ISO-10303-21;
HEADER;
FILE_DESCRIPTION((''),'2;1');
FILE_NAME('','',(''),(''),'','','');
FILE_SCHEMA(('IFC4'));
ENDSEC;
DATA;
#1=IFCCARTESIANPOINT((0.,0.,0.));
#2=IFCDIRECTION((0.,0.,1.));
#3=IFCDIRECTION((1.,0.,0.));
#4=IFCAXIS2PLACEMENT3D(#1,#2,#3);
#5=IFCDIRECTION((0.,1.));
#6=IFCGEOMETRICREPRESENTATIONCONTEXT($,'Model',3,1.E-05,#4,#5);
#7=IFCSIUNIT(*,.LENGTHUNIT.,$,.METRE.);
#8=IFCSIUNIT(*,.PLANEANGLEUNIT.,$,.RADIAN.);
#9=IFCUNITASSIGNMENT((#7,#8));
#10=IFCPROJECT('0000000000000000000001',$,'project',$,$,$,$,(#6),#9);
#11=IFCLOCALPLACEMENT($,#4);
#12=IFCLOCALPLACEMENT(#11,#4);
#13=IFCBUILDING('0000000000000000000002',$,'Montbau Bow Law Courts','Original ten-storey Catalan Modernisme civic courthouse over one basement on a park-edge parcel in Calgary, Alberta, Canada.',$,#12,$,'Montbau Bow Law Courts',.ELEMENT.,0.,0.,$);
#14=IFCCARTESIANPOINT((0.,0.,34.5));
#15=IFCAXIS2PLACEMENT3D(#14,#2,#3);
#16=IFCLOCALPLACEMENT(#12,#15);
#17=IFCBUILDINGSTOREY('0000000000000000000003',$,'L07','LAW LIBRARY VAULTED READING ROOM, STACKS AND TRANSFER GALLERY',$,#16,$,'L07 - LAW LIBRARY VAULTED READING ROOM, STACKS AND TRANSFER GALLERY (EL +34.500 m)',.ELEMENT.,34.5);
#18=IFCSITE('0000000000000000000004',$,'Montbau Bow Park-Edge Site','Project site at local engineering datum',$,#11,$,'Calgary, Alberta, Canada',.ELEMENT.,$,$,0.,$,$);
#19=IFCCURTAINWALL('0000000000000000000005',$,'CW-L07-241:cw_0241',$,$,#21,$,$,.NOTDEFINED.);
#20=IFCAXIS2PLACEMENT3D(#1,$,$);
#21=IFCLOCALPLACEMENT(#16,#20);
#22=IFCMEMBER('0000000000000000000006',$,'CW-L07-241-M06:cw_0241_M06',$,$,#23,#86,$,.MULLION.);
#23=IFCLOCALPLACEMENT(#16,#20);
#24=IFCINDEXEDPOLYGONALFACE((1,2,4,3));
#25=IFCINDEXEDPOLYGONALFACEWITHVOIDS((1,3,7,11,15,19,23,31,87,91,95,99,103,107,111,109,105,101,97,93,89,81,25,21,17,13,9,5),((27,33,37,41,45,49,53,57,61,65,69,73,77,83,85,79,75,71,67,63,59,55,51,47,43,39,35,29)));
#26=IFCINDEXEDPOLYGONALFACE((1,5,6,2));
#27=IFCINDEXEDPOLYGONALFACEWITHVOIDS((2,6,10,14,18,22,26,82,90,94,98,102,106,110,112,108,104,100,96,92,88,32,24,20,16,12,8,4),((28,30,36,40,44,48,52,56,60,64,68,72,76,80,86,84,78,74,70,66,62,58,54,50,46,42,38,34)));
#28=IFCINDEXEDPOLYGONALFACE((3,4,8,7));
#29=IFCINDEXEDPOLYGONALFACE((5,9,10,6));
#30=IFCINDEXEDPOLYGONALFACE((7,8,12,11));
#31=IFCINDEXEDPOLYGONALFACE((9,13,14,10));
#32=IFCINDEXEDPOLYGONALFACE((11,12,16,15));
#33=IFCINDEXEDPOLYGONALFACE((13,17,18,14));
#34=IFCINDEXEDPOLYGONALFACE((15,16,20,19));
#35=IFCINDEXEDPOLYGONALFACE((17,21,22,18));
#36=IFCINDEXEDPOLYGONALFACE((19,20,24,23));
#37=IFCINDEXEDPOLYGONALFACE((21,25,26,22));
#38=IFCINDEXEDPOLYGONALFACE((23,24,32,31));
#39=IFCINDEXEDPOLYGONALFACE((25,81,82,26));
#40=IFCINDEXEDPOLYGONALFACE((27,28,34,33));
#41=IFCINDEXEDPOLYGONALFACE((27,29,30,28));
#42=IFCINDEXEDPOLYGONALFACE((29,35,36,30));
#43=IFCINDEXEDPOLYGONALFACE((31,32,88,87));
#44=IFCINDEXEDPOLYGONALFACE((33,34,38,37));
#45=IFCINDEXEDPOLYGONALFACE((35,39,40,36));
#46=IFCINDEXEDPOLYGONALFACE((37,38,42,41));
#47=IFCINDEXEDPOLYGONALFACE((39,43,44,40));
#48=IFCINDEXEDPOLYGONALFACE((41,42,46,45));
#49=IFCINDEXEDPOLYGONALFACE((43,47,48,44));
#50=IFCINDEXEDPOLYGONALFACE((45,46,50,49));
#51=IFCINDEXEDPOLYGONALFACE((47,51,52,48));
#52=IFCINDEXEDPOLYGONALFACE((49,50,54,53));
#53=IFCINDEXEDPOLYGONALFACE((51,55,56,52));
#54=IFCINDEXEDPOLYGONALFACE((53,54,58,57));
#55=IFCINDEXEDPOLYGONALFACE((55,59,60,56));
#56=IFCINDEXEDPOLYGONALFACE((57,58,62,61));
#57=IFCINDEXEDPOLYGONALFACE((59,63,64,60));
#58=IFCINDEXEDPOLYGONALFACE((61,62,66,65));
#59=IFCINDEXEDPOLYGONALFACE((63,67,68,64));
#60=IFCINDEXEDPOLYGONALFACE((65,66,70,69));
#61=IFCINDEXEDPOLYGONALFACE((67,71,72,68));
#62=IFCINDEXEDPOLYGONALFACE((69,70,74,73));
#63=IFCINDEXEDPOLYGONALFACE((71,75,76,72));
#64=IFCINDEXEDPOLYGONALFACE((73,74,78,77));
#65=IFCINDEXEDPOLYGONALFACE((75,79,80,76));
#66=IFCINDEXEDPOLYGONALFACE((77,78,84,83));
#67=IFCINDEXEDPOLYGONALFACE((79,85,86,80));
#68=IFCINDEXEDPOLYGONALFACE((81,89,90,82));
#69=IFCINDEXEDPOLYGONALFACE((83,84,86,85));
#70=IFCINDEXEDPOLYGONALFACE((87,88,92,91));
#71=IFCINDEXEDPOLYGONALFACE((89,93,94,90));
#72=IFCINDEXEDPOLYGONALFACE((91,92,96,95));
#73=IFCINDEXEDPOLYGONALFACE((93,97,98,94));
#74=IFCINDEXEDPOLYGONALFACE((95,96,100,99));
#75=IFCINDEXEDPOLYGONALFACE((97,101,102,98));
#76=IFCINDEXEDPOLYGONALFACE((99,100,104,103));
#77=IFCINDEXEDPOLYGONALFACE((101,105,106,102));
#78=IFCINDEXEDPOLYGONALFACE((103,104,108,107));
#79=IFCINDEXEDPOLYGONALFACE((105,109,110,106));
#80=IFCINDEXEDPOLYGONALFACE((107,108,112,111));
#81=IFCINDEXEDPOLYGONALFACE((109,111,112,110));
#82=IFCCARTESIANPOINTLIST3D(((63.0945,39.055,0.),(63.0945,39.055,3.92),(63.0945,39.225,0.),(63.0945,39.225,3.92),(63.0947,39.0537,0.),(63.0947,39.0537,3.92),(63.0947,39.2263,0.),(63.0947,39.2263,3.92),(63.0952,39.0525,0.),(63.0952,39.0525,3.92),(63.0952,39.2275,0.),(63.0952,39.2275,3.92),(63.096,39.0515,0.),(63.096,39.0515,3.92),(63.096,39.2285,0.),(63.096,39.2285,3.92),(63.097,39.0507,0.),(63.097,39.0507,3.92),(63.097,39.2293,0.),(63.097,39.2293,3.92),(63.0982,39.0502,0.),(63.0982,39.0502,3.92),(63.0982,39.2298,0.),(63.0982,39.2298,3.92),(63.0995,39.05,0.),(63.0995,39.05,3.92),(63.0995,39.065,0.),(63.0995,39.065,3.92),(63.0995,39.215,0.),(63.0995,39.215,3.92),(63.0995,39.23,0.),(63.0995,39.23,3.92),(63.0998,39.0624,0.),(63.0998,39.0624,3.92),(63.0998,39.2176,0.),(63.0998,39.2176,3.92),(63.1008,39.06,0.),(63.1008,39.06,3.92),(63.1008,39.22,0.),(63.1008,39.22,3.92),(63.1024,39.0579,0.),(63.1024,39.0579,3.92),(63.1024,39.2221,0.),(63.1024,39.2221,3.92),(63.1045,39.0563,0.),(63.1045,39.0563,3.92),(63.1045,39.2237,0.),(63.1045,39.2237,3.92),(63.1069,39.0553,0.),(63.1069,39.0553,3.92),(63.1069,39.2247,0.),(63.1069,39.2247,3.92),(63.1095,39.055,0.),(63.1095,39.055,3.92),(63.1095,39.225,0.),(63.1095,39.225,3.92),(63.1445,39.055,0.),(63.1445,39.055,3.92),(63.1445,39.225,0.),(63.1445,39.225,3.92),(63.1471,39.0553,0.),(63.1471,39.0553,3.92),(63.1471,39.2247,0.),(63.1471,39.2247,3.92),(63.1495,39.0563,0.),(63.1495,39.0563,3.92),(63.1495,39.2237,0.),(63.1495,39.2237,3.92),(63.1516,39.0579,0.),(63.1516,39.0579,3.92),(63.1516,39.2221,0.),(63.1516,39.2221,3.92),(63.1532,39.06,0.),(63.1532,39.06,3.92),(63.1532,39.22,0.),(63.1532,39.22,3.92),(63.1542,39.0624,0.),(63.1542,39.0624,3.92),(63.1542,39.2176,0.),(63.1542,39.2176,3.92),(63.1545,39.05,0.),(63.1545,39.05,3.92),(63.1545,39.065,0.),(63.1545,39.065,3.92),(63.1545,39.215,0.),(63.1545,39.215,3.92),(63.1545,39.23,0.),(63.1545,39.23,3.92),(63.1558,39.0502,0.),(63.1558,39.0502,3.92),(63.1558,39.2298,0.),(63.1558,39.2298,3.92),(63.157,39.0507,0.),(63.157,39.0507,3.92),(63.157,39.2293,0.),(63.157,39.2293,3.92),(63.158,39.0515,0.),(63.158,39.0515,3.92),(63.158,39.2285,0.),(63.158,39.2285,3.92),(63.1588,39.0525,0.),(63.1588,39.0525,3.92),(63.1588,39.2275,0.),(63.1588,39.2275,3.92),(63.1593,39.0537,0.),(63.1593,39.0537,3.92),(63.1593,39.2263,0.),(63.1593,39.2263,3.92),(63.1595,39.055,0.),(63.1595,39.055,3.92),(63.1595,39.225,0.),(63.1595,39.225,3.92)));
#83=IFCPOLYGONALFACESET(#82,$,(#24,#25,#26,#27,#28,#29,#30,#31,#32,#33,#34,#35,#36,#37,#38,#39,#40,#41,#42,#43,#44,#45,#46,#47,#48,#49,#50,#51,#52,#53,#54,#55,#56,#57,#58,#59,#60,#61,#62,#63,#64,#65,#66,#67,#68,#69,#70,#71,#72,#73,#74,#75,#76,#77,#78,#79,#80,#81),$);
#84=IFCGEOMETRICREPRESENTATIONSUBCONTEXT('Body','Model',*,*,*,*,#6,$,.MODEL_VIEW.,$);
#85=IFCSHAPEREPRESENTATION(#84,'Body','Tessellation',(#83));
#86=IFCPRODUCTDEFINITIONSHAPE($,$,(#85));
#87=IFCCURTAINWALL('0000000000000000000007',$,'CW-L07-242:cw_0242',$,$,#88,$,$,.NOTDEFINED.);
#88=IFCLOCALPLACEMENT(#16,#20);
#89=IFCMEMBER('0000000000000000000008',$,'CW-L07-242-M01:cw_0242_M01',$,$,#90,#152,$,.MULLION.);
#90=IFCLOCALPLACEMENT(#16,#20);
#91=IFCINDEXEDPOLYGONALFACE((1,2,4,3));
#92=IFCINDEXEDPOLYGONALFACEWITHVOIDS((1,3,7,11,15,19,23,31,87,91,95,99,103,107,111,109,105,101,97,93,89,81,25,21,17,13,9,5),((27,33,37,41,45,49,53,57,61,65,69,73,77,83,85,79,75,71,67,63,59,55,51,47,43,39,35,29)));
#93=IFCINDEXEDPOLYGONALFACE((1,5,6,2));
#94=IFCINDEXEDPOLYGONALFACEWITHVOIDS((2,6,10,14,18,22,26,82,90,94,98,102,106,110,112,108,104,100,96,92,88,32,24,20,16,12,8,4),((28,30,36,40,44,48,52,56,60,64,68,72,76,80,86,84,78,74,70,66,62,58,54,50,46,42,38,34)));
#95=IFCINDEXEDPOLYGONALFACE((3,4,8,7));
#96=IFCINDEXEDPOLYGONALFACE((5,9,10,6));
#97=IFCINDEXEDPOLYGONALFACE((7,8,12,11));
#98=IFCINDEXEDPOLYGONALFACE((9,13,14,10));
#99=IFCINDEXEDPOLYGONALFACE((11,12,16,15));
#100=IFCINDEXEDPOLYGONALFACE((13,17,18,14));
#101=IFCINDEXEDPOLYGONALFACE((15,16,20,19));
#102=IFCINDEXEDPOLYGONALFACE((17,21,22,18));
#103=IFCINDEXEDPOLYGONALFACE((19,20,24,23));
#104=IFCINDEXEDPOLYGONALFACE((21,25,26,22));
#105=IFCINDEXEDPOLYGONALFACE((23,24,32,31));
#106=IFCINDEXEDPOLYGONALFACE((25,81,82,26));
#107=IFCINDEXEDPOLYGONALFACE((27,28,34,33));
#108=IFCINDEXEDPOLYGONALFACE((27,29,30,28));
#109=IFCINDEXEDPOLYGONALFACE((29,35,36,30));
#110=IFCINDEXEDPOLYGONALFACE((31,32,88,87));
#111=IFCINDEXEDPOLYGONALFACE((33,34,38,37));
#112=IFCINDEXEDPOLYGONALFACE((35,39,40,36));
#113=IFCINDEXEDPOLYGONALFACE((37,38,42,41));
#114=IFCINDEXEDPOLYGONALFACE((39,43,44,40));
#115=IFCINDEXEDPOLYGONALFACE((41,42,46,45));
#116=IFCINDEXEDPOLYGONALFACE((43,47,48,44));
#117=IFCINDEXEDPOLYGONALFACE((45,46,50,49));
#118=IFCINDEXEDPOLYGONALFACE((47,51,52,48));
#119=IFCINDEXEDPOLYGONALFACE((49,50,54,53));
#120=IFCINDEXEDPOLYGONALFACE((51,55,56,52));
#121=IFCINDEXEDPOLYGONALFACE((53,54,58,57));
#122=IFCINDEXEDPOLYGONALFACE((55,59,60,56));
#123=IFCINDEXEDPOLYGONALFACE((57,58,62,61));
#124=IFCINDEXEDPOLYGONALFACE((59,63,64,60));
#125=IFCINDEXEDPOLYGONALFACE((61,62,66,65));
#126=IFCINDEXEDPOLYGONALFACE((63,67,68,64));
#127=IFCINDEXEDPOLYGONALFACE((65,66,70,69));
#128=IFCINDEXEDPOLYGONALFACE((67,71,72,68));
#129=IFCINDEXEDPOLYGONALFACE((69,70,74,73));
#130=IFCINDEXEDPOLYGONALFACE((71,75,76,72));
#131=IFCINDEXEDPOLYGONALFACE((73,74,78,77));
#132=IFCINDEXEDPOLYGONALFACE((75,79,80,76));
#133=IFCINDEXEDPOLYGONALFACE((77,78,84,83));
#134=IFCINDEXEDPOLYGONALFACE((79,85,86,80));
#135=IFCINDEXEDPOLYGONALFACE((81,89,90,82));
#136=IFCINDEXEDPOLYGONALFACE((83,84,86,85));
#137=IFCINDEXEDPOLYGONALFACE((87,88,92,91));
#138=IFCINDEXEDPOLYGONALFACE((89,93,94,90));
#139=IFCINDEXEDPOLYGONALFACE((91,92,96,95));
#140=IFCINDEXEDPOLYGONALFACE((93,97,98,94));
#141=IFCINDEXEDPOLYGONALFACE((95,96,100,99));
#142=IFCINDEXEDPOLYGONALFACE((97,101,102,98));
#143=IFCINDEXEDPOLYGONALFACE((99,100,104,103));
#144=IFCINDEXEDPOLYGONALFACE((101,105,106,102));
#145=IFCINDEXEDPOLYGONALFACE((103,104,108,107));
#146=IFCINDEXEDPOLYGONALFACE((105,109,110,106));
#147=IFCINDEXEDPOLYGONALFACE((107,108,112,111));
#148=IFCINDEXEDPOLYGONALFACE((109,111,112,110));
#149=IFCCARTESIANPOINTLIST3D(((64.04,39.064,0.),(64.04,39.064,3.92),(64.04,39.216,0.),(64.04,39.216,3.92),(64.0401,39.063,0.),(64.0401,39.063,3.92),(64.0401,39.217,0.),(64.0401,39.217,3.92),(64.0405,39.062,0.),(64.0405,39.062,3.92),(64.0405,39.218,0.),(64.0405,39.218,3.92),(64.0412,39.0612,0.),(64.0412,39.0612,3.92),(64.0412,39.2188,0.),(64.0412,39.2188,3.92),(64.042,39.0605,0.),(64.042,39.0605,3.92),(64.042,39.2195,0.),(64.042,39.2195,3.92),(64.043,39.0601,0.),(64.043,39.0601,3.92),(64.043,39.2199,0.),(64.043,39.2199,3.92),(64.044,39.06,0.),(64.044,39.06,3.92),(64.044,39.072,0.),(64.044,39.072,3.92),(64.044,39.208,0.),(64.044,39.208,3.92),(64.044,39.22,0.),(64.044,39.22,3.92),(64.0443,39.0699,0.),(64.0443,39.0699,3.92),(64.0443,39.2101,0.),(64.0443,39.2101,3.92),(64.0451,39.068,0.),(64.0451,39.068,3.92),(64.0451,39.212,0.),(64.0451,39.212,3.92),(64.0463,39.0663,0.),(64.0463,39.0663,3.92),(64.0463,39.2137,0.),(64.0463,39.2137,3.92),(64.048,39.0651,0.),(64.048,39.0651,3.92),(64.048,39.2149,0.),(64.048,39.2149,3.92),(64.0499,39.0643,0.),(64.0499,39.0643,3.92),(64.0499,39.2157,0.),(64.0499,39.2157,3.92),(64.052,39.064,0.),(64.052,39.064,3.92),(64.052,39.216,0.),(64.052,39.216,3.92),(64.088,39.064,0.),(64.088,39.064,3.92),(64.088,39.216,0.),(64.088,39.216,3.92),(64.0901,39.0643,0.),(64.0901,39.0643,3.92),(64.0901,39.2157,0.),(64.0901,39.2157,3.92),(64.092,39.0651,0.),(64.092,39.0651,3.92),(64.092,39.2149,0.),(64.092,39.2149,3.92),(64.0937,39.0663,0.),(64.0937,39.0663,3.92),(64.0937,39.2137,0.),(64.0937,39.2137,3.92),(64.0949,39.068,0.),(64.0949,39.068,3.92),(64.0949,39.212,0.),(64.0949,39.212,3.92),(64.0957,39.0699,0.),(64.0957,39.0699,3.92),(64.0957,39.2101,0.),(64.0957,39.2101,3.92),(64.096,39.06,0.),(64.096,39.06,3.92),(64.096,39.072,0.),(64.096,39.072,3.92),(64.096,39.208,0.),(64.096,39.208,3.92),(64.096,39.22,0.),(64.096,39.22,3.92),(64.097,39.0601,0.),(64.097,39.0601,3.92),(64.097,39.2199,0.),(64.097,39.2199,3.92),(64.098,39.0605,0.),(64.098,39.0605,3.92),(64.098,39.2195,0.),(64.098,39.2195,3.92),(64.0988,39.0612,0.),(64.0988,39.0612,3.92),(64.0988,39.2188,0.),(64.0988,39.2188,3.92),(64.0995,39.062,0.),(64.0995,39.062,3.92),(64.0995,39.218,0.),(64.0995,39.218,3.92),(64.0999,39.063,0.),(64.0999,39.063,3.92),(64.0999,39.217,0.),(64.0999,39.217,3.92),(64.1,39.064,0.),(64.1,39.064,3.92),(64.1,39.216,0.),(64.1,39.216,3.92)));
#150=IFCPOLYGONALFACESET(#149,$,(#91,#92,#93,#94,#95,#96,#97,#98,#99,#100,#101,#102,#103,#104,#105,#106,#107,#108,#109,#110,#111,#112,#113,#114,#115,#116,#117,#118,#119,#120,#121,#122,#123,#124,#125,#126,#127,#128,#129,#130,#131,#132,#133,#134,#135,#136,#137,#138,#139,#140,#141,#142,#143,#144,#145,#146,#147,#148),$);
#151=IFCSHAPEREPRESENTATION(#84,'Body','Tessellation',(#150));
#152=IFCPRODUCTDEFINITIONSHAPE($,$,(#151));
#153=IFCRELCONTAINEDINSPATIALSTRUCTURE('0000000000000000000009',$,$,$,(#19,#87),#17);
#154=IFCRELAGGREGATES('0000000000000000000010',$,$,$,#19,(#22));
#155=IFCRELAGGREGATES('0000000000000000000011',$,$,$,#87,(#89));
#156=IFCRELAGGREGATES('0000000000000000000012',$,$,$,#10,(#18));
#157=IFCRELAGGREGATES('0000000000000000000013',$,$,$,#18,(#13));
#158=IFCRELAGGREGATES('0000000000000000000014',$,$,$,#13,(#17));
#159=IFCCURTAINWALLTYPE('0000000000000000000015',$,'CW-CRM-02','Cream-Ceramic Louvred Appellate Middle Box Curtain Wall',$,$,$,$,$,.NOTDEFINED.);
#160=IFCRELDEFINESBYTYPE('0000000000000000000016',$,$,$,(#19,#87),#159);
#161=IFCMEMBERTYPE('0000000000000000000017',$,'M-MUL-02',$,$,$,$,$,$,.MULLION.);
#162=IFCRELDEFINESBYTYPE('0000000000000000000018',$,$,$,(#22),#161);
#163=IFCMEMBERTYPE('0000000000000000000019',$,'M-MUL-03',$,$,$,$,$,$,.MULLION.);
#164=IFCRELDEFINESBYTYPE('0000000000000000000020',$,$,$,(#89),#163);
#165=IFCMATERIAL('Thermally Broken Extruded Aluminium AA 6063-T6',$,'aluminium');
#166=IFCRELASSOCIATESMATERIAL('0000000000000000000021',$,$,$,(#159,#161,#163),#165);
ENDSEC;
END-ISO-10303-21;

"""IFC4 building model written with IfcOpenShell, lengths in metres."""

from ifc_helpers import new_model, si_unit, direction, frame, origin_with_axes, origin_2d_with_axis, place, context, subcontext, project, spatial, hollow_rectangle, extrude, material, material_profile, profile_set, type_object, element, aggregate, save


model = new_model("IFC4")

# Units and contexts
model_context = context("Model", 3, precision=1e-05, world=origin_with_axes(), true_north=direction((0.0, 1.0)))
body_context = subcontext(model_context, "Body", "Model", "MODEL_VIEW")
ifc_project = project(units=[si_unit("LENGTHUNIT", "METRE"), si_unit("PLANEANGLEUNIT", "RADIAN")], contexts=[model_context])

# Site, building, storey
site_placement = place(None, origin_with_axes())
site = spatial("IfcSite", under=ifc_project, at=site_placement, Name="Montbau Bow Park-Edge Site", Description="Project site at local engineering datum", LongName="Calgary, Alberta, Canada", CompositionType="ELEMENT", RefElevation=0.0)
building_placement = place(site_placement, origin_with_axes())
building = spatial("IfcBuilding", under=site, at=building_placement, Name="Montbau Bow Law Courts", Description="Original ten-storey Catalan Modernisme civic courthouse over one basement on a park-edge parcel in Calgary, Alberta, Canada.", LongName="Montbau Bow Law Courts", CompositionType="ELEMENT", ElevationOfRefHeight=0.0, ElevationOfTerrain=0.0)
storey_placement = place(building_placement, frame((0.0, 0.0, 34.5), z_axis=(0.0, 0.0, 1.0), x_axis=(1.0, 0.0, 0.0)))
storey = spatial("IfcBuildingStorey", under=building, at=storey_placement, Name="L07", Description="LAW LIBRARY VAULTED READING ROOM, STACKS AND TRANSFER GALLERY", LongName="L07 - LAW LIBRARY VAULTED READING ROOM, STACKS AND TRANSFER GALLERY (EL +34.500 m)", CompositionType="ELEMENT", Elevation=34.5)

# Curtain wall, member
ifc_material_1 = material(Name="Thermally Broken Extruded Aluminium AA 6063-T6", Category="aluminium")
curtain_wall_type = type_object("IfcCurtainWallType", Name="CW-CRM-02", Description="Cream-Ceramic Louvred Appellate Middle Box Curtain Wall", PredefinedType="NOTDEFINED", material=ifc_material_1)
curtain_wall_1_placement = place(None, frame((55.64, 39.14, 34.5), z_axis=(0.0, 0.0, 1.0), x_axis=(1.0, 0.0, 0.0)))
curtain_wall_1 = element("IfcCurtainWall", 1, at=curtain_wall_1_placement, inside=storey, type_object=curtain_wall_type, Name="CW-L07-241:cw_0241", PredefinedType="NOTDEFINED")
ifc_material_profile_1 = material_profile(ifc_material_1, hollow_rectangle(XDim=0.065, YDim=0.18, WallThickness=0.005, InnerFilletRadius=0.01, OuterFilletRadius=0.005, at=origin_2d_with_axis()), Name="CWM-180X65", Category="Main", Priority=0)
ifc_profile_set_1 = profile_set([ifc_material_profile_1], Name="Thermally Broken Extruded Aluminium AA 6063-T6")
member_type_1 = type_object("IfcMemberType", Name="M-MUL-02", PredefinedType="MULLION", material=ifc_profile_set_1)
member_1_placement = place(None, frame((63.127, 39.14, 34.5), z_axis=(0.0, 0.0, 1.0), x_axis=(1.0, 0.0, 0.0)))
member_1 = element("IfcMember", 2, at=member_1_placement, type_object=member_type_1, Name="CW-L07-241-M06:cw_0241_M06", PredefinedType="MULLION", context=body_context, shape_type="SweptSolid", body=[
    extrude(hollow_rectangle(XDim=0.065, YDim=0.18, WallThickness=0.005, InnerFilletRadius=0.01, OuterFilletRadius=0.005, at=origin_2d_with_axis()), origin_with_axes(), (0.0, 0.0, 1.0), 3.92),
])

# Curtain wall, member
curtain_wall_2_placement = place(None, frame((64.04, 39.14, 34.5), z_axis=(0.0, 0.0, 1.0), x_axis=(1.0, 0.0, 0.0)))
curtain_wall_2 = element("IfcCurtainWall", 3, at=curtain_wall_2_placement, inside=storey, type_object=curtain_wall_type, Name="CW-L07-242:cw_0242", PredefinedType="NOTDEFINED")
ifc_material_profile_2 = material_profile(ifc_material_1, hollow_rectangle(XDim=0.06, YDim=0.16, WallThickness=0.004, InnerFilletRadius=0.008, OuterFilletRadius=0.004, at=origin_2d_with_axis()), Name="CWM-160X60", Category="Main", Priority=0)
ifc_profile_set_2 = profile_set([ifc_material_profile_2], Name="Thermally Broken Extruded Aluminium AA 6063-T6")
member_type_2 = type_object("IfcMemberType", Name="M-MUL-03", PredefinedType="MULLION", material=ifc_profile_set_2)
member_2_placement = place(None, frame((64.07, 39.14, 34.5), z_axis=(0.0, 0.0, 1.0), x_axis=(1.0, 0.0, 0.0)))
member_2 = element("IfcMember", 4, at=member_2_placement, type_object=member_type_2, Name="CW-L07-242-M01:cw_0242_M01", PredefinedType="MULLION", context=body_context, shape_type="SweptSolid", body=[
    extrude(hollow_rectangle(XDim=0.06, YDim=0.16, WallThickness=0.004, InnerFilletRadius=0.008, OuterFilletRadius=0.004, at=origin_2d_with_axis()), origin_with_axes(), (0.0, 0.0, 1.0), 3.92),
])

aggregate(curtain_wall_1, [member_1])
aggregate(curtain_wall_2, [member_2])

save(model, "model.ifc")
